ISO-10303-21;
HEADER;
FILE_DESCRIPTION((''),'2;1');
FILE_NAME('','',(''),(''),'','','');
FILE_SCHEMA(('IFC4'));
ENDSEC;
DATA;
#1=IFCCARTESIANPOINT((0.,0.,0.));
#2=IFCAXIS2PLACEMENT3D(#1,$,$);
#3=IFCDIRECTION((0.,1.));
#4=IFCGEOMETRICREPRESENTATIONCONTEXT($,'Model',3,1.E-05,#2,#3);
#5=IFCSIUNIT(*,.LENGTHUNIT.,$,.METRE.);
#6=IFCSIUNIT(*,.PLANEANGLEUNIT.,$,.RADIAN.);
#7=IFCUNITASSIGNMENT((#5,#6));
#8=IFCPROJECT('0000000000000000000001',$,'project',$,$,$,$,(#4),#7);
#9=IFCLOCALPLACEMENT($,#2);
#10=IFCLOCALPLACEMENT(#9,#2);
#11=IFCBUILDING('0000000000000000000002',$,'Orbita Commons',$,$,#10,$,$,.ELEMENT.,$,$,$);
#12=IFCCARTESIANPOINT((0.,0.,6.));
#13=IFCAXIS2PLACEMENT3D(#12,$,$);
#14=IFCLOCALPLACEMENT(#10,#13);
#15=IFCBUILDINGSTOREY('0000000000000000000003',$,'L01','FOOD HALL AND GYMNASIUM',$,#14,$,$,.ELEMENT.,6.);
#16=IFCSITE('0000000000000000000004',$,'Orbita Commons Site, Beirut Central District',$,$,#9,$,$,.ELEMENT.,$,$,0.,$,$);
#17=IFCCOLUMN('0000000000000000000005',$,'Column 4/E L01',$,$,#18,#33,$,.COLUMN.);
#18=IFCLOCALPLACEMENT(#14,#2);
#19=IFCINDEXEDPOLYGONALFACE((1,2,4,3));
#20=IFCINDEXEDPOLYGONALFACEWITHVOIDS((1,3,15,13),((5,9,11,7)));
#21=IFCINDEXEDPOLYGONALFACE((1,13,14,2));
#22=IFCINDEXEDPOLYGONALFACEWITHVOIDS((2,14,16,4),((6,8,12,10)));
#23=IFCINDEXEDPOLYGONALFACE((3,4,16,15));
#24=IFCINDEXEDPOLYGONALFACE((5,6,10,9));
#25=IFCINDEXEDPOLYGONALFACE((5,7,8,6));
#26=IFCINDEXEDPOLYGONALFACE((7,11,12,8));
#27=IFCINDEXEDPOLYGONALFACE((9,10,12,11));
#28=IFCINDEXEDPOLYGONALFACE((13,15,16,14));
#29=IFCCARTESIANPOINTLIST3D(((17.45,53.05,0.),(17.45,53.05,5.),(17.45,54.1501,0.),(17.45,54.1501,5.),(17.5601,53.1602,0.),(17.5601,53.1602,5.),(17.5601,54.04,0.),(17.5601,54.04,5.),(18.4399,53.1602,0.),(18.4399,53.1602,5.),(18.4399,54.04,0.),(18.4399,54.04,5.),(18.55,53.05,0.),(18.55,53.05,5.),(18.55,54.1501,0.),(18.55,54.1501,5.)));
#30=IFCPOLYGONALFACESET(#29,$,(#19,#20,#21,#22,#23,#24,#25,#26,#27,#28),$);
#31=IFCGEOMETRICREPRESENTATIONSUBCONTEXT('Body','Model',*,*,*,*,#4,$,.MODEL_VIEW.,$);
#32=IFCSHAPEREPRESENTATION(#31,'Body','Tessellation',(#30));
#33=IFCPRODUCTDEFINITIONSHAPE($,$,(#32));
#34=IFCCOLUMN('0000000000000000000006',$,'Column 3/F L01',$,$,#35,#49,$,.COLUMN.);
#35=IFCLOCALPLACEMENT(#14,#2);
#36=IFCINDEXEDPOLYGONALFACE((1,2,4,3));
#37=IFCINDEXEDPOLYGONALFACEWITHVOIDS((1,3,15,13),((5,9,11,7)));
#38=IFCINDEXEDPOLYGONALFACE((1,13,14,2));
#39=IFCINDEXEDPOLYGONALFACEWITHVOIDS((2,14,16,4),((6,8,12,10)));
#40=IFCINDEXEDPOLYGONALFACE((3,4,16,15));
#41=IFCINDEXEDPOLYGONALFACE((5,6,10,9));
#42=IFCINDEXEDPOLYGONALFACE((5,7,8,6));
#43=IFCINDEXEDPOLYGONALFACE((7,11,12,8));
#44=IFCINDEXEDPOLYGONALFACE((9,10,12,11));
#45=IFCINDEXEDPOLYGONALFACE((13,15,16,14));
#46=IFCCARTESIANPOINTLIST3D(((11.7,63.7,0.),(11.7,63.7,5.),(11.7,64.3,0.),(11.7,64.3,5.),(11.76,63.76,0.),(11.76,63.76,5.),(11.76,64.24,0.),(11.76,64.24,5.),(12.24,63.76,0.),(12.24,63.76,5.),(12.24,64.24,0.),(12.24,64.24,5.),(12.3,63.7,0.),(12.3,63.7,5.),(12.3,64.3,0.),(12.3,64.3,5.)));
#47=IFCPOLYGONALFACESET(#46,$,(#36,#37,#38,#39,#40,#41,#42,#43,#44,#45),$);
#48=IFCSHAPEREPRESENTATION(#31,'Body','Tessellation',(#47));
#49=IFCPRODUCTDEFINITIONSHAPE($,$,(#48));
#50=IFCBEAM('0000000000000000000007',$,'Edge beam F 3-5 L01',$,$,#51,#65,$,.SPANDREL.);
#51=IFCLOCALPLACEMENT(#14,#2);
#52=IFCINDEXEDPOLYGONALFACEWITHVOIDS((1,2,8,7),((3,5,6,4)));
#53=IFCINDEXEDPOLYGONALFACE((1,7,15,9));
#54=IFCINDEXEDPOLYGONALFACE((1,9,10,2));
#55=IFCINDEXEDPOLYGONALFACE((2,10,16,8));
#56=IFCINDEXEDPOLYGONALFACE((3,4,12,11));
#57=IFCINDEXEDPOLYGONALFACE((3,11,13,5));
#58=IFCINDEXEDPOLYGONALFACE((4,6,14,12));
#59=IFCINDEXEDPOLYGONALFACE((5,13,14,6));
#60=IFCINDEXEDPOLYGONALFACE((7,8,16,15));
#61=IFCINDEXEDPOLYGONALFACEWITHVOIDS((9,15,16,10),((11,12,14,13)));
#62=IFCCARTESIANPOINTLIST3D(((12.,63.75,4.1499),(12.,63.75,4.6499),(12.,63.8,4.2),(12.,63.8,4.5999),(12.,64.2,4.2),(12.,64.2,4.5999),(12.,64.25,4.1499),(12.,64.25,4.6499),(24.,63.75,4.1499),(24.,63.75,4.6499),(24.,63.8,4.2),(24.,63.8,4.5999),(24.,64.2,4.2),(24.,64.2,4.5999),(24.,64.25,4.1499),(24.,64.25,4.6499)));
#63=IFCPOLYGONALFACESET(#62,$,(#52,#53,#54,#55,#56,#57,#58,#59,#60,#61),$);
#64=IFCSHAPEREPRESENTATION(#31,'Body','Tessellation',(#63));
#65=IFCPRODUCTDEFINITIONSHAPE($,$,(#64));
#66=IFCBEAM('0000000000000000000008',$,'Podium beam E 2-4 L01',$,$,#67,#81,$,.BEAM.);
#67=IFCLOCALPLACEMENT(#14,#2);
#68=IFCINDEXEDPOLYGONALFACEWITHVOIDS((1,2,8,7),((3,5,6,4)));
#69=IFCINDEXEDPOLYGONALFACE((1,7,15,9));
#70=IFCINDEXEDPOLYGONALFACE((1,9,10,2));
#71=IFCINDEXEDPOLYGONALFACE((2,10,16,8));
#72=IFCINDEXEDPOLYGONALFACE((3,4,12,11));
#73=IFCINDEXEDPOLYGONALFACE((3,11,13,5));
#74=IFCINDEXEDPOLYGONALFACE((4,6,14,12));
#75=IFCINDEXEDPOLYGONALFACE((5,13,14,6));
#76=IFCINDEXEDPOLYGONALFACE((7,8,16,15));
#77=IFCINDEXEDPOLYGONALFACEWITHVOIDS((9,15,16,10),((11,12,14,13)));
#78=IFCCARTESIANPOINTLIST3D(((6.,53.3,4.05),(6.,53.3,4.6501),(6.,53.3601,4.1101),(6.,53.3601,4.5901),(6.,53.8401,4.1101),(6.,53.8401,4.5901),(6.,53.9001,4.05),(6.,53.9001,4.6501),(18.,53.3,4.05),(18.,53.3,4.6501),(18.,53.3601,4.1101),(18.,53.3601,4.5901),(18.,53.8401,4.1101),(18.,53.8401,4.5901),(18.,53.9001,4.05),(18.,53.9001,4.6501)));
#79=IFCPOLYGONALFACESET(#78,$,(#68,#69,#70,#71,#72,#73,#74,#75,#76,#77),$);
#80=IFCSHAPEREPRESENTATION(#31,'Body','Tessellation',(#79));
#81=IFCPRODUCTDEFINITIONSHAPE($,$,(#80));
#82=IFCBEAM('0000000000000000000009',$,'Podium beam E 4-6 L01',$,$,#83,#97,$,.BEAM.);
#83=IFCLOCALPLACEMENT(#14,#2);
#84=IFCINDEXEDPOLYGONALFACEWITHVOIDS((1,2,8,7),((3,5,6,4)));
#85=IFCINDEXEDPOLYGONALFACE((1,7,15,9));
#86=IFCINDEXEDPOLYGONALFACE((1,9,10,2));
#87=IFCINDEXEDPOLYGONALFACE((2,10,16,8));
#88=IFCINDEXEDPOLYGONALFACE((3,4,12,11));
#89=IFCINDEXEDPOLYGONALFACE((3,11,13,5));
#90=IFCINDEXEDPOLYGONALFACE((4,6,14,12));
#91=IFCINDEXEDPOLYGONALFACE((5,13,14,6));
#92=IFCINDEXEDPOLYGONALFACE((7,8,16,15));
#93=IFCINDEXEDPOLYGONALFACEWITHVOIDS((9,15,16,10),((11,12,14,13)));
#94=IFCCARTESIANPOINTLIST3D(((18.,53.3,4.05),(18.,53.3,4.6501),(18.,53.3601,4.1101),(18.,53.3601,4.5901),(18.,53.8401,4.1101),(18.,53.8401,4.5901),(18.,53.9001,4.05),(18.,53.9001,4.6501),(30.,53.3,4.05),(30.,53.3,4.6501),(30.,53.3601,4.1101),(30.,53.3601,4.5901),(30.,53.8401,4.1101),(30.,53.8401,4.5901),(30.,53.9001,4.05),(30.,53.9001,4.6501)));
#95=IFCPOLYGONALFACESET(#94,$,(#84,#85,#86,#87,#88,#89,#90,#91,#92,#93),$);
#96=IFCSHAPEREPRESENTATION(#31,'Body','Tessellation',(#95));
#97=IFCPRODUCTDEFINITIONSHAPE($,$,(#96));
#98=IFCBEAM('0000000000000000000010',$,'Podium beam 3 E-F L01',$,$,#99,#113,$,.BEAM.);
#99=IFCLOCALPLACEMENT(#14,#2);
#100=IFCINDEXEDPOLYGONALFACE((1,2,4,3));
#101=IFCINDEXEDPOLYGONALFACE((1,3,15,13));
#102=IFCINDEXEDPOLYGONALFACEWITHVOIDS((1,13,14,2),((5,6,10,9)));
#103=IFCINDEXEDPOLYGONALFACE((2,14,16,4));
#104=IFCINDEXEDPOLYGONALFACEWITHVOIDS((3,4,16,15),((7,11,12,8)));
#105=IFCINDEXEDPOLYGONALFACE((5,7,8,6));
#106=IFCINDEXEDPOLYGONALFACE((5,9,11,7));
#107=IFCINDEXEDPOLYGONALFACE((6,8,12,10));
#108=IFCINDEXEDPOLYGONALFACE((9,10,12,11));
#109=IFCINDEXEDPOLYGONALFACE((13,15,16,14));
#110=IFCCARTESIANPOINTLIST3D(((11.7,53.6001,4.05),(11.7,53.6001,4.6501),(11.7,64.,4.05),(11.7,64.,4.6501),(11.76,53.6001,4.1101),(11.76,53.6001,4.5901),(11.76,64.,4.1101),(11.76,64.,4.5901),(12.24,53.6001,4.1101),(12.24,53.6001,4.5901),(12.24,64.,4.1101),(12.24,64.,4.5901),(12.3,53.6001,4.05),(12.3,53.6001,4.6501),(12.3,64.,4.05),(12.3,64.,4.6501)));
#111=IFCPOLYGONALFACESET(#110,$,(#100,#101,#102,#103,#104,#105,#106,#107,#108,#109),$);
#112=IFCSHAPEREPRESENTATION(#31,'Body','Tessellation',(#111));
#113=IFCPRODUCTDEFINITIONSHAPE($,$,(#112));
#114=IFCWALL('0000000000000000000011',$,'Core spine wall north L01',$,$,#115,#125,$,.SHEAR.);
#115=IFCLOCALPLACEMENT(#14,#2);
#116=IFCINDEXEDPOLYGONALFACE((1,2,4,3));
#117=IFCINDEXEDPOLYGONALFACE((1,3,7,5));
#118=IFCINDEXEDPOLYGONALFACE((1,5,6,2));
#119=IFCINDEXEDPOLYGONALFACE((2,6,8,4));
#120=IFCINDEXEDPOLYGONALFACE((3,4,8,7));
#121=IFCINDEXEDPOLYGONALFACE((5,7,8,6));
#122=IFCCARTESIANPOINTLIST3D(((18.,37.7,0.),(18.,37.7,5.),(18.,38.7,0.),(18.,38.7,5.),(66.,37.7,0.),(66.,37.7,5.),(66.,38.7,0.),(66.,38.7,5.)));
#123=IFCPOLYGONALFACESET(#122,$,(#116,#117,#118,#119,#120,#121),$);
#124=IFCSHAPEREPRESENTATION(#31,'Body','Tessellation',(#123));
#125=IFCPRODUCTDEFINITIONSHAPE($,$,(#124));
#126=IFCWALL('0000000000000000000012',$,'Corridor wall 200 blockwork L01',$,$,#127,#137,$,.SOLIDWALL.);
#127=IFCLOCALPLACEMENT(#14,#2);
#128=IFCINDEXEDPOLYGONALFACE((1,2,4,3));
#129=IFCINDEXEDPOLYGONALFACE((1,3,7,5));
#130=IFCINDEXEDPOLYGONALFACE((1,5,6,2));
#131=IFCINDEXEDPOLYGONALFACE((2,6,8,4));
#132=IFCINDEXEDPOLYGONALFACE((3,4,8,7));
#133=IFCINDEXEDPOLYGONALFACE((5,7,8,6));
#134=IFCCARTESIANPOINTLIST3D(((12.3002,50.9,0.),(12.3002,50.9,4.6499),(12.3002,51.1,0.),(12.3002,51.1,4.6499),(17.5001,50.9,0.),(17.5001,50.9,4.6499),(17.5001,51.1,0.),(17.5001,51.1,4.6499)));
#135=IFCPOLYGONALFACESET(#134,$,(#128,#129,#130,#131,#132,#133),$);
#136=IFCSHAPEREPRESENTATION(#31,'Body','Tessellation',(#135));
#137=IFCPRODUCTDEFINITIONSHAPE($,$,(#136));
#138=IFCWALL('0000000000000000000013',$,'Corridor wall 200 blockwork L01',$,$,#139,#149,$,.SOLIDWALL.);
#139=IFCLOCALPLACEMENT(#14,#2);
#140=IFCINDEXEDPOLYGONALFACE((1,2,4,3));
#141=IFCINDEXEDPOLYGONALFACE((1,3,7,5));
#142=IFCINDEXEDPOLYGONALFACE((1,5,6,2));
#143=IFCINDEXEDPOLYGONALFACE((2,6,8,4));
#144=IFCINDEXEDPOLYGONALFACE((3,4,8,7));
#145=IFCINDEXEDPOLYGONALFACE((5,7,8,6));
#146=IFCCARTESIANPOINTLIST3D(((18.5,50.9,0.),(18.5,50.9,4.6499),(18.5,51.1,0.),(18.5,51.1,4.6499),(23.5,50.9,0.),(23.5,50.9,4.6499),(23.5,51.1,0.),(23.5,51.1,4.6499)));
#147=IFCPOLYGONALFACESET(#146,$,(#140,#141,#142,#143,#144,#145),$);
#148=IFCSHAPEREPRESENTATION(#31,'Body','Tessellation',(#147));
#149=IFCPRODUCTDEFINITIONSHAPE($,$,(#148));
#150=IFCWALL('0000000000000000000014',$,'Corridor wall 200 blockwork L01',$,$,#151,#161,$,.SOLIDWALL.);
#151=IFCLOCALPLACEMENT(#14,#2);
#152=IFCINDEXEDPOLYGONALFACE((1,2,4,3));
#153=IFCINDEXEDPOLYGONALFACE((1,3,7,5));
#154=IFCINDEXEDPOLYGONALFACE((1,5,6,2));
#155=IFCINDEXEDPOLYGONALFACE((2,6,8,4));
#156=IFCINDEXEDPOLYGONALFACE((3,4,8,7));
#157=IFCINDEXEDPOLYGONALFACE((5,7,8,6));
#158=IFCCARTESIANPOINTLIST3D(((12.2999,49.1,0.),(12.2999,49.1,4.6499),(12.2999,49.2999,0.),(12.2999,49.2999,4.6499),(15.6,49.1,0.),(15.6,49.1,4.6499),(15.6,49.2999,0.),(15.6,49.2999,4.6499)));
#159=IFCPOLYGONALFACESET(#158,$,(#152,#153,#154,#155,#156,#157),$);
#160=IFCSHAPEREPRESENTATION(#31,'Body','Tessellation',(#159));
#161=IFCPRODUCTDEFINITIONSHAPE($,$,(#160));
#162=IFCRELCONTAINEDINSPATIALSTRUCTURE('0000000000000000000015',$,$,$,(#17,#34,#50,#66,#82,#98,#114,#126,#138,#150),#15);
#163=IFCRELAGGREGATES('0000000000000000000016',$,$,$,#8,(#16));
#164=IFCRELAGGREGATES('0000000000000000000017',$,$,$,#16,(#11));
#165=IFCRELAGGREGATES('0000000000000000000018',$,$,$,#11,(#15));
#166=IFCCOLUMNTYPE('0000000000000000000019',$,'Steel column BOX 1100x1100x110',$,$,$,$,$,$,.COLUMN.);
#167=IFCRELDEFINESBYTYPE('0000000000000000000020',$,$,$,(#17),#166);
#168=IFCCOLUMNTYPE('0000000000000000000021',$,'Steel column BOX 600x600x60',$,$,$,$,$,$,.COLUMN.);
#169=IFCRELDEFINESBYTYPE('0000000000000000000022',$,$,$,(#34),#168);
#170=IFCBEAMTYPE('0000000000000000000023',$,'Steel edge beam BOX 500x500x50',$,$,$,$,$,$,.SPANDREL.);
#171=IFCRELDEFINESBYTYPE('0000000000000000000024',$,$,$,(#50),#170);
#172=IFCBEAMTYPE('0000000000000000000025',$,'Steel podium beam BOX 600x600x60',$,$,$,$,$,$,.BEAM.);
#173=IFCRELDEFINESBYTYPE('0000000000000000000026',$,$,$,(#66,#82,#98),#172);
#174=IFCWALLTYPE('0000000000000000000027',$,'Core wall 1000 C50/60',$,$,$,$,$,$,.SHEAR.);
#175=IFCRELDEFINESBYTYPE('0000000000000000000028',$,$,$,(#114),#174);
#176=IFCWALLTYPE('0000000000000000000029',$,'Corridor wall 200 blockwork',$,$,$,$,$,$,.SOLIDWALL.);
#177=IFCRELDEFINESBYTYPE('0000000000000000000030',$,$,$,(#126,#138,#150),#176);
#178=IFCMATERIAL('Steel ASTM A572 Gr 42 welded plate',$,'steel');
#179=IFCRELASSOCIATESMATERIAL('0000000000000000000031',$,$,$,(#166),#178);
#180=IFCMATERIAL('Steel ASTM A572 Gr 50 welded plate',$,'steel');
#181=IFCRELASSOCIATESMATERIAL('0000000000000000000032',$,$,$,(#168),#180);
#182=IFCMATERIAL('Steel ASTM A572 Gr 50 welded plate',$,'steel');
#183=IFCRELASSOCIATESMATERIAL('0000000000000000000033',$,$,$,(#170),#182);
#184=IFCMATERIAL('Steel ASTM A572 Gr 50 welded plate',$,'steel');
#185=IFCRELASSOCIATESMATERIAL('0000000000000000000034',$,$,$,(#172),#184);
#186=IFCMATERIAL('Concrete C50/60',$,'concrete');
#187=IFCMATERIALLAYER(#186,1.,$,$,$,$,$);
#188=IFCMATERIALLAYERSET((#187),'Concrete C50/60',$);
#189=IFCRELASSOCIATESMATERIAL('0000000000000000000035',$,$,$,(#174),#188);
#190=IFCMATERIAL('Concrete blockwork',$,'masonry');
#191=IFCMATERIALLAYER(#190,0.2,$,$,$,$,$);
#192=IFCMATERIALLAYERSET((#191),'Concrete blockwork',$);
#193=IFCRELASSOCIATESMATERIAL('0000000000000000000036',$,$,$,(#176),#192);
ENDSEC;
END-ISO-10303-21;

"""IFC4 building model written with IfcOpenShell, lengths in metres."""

from ifc_helpers import new_model, si_unit, direction, frame, frame_2d, origin, origin_2d, place, context, subcontext, project, spatial, rectangle, hollow_rectangle, extrude, material, layer, layer_set, material_profile, profile_set, type_object, element, save


model = new_model("IFC4")

# Units and contexts
model_context = context("Model", 3, precision=1e-05, world=origin(), true_north=direction((0.0, 1.0)))
body_context = subcontext(model_context, "Body", "Model", "MODEL_VIEW")
ifc_project = project(units=[si_unit("LENGTHUNIT", "METRE"), si_unit("PLANEANGLEUNIT", "RADIAN")], contexts=[model_context])

# Site, building, storey
site_placement = place(None, origin())
site = spatial("IfcSite", under=ifc_project, at=site_placement, Name="Orbita Commons Site, Beirut Central District", CompositionType="ELEMENT", RefElevation=0.0)
building_placement = place(site_placement, origin())
building = spatial("IfcBuilding", under=site, at=building_placement, Name="Orbita Commons", CompositionType="ELEMENT")
storey_placement = place(building_placement, frame((0.0, 0.0, 6.0)))
storey = spatial("IfcBuildingStorey", under=building, at=storey_placement, Name="L01", Description="FOOD HALL AND GYMNASIUM", CompositionType="ELEMENT", Elevation=6.0)

# Columns
ifc_material_1 = material(Name="Steel ASTM A572 Gr 42 welded plate", Category="steel")
ifc_material_profile_1 = material_profile(ifc_material_1, hollow_rectangle(XDim=1.1001, YDim=1.1001, WallThickness=0.1101, at=origin_2d()), Name="BOX 1100x1100x110")
ifc_profile_set_1 = profile_set([ifc_material_profile_1], Name="Steel ASTM A572 Gr 42 welded plate")
column_type_1 = type_object("IfcColumnType", Name="Steel column BOX 1100x1100x110", PredefinedType="COLUMN", material=ifc_profile_set_1)
column_1_placement = place(storey_placement, frame((18.0, 53.6001, 0.0), z_axis=(0.0, 0.0, 1.0), x_axis=(1.0, 0.0, 0.0)))
element("IfcColumn", 1, at=column_1_placement, inside=storey, type_object=column_type_1, Name="Column 4/E L01", PredefinedType="COLUMN", context=body_context, shape_type="SweptSolid", body=[
    extrude(hollow_rectangle(XDim=1.1001, YDim=1.1001, WallThickness=0.1101, at=origin_2d()), origin(), (0.0, 0.0, 1.0), 5.0),
])
ifc_material_2 = material(Name="Steel ASTM A572 Gr 50 welded plate", Category="steel")
ifc_material_profile_2 = material_profile(ifc_material_2, hollow_rectangle(XDim=0.6001, YDim=0.6001, WallThickness=0.0601, at=origin_2d()), Name="BOX 600x600x60")
ifc_profile_set_2 = profile_set([ifc_material_profile_2], Name="Steel ASTM A572 Gr 50 welded plate")
column_type_2 = type_object("IfcColumnType", Name="Steel column BOX 600x600x60", PredefinedType="COLUMN", material=ifc_profile_set_2)
column_2_placement = place(storey_placement, frame((12.0, 64.0, 0.0), z_axis=(0.0, 0.0, 1.0), x_axis=(1.0, 0.0, 0.0)))
element("IfcColumn", 2, at=column_2_placement, inside=storey, type_object=column_type_2, Name="Column 3/F L01", PredefinedType="COLUMN", context=body_context, shape_type="SweptSolid", body=[
    extrude(hollow_rectangle(XDim=0.6001, YDim=0.6001, WallThickness=0.0601, at=origin_2d()), origin(), (0.0, 0.0, 1.0), 5.0),
])

# Beams
ifc_material_3 = material(Name="Steel ASTM A572 Gr 50 welded plate", Category="steel")
ifc_material_profile_3 = material_profile(ifc_material_3, hollow_rectangle(XDim=0.5, YDim=0.5, WallThickness=0.05, at=origin_2d()), Name="BOX 500x500x50")
ifc_profile_set_3 = profile_set([ifc_material_profile_3], Name="Steel ASTM A572 Gr 50 welded plate")
beam_type_1 = type_object("IfcBeamType", Name="Steel edge beam BOX 500x500x50", PredefinedType="SPANDREL", material=ifc_profile_set_3)
beam_1_placement = place(storey_placement, frame((12.0, 64.0, 4.3999), z_axis=(1.0, 0.0, 0.0), x_axis=(0.0, 1.0, 0.0)))
element("IfcBeam", 3, at=beam_1_placement, inside=storey, type_object=beam_type_1, Name="Edge beam F 3-5 L01", PredefinedType="SPANDREL", context=body_context, shape_type="SweptSolid", body=[
    extrude(hollow_rectangle(XDim=0.5, YDim=0.5, WallThickness=0.05, at=origin_2d()), origin(), (0.0, 0.0, 1.0), 12.0),
])
ifc_material_4 = material(Name="Steel ASTM A572 Gr 50 welded plate", Category="steel")
ifc_material_profile_4 = material_profile(ifc_material_4, hollow_rectangle(XDim=0.6001, YDim=0.6001, WallThickness=0.0601, at=origin_2d()), Name="BOX 600x600x60")
ifc_profile_set_4 = profile_set([ifc_material_profile_4], Name="Steel ASTM A572 Gr 50 welded plate")
beam_type_2 = type_object("IfcBeamType", Name="Steel podium beam BOX 600x600x60", PredefinedType="BEAM", material=ifc_profile_set_4)
for number, where, z_axis, x_axis, name in (
    (4, (6.0, 53.6001, 4.3501), (1.0, 0.0, 0.0), (0.0, 1.0, 0.0), "Podium beam E 2-4 L01"),
    (5, (18.0, 53.6001, 4.3501), (1.0, 0.0, 0.0), (0.0, 1.0, 0.0), "Podium beam E 4-6 L01"),
):
    element("IfcBeam", number, at=place(storey_placement, frame(where, z_axis=z_axis, x_axis=x_axis)), inside=storey, type_object=beam_type_2, Name=name, PredefinedType="BEAM", context=body_context, shape_type="SweptSolid", body=[
        extrude(hollow_rectangle(XDim=0.6001, YDim=0.6001, WallThickness=0.0601, at=origin_2d()), origin(), (0.0, 0.0, 1.0), 12.0),
    ])
beam_2_placement = place(storey_placement, frame((12.0, 53.6001, 4.3501), z_axis=(0.0, 1.0, 0.0), x_axis=(-1.0, 0.0, 0.0)))
element("IfcBeam", 6, at=beam_2_placement, inside=storey, type_object=beam_type_2, Name="Podium beam 3 E-F L01", PredefinedType="BEAM", context=body_context, shape_type="SweptSolid", body=[
    extrude(hollow_rectangle(XDim=0.6001, YDim=0.6001, WallThickness=0.0601, at=origin_2d()), origin(), (0.0, 0.0, 1.0), 10.3999),
])

# Walls
ifc_material_5 = material(Name="Concrete C50/60", Category="concrete")
ifc_layer_1 = layer(ifc_material_5, 1.0)
ifc_layer_set_1 = layer_set([ifc_layer_1], Name="Concrete C50/60")
wall_type_1 = type_object("IfcWallType", Name="Core wall 1000 C50/60", PredefinedType="SHEAR", material=ifc_layer_set_1)
wall_1_placement = place(storey_placement, frame((18.0, 38.2, 0.0), z_axis=(0.0, 0.0, 1.0), x_axis=(1.0, 0.0, 0.0)))
element("IfcWall", 7, at=wall_1_placement, inside=storey, type_object=wall_type_1, Name="Core spine wall north L01", PredefinedType="SHEAR", context=body_context, shape_type="SweptSolid", body=[
    extrude(rectangle(XDim=48.0, YDim=1.0, at=frame_2d((24.0, 0.0))), origin(), (0.0, 0.0, 1.0), 5.0),
])
ifc_material_6 = material(Name="Concrete blockwork", Category="masonry")
ifc_layer_2 = layer(ifc_material_6, 0.2)
ifc_layer_set_2 = layer_set([ifc_layer_2], Name="Concrete blockwork")
wall_type_2 = type_object("IfcWallType", Name="Corridor wall 200 blockwork", PredefinedType="SOLIDWALL", material=ifc_layer_set_2)
wall_2_placement = place(storey_placement, frame((12.3, 51.0, 0.0), z_axis=(0.0, 0.0, 1.0), x_axis=(1.0, 0.0, 0.0)))
element("IfcWall", 8, at=wall_2_placement, inside=storey, type_object=wall_type_2, Name="Corridor wall 200 blockwork L01", PredefinedType="SOLIDWALL", context=body_context, shape_type="SweptSolid", body=[
    extrude(rectangle(XDim=5.2, YDim=0.2, at=frame_2d((2.6001, 0.0))), origin(), (0.0, 0.0, 1.0), 4.6499),
])
wall_3_placement = place(storey_placement, frame((18.5, 51.0, 0.0), z_axis=(0.0, 0.0, 1.0), x_axis=(1.0, 0.0, 0.0)))
element("IfcWall", 9, at=wall_3_placement, inside=storey, type_object=wall_type_2, Name="Corridor wall 200 blockwork L01", PredefinedType="SOLIDWALL", context=body_context, shape_type="SweptSolid", body=[
    extrude(rectangle(XDim=5.0, YDim=0.2, at=frame_2d((2.5, 0.0))), origin(), (0.0, 0.0, 1.0), 4.6499),
])
wall_4_placement = place(storey_placement, frame((12.3, 49.2, 0.0), z_axis=(0.0, 0.0, 1.0), x_axis=(1.0, 0.0, 0.0)))
element("IfcWall", 10, at=wall_4_placement, inside=storey, type_object=wall_type_2, Name="Corridor wall 200 blockwork L01", PredefinedType="SOLIDWALL", context=body_context, shape_type="SweptSolid", body=[
    extrude(rectangle(XDim=3.3, YDim=0.2, at=frame_2d((1.6499, 0.0))), origin(), (0.0, 0.0, 1.0), 4.6499),
])

save(model, "model.ifc")
